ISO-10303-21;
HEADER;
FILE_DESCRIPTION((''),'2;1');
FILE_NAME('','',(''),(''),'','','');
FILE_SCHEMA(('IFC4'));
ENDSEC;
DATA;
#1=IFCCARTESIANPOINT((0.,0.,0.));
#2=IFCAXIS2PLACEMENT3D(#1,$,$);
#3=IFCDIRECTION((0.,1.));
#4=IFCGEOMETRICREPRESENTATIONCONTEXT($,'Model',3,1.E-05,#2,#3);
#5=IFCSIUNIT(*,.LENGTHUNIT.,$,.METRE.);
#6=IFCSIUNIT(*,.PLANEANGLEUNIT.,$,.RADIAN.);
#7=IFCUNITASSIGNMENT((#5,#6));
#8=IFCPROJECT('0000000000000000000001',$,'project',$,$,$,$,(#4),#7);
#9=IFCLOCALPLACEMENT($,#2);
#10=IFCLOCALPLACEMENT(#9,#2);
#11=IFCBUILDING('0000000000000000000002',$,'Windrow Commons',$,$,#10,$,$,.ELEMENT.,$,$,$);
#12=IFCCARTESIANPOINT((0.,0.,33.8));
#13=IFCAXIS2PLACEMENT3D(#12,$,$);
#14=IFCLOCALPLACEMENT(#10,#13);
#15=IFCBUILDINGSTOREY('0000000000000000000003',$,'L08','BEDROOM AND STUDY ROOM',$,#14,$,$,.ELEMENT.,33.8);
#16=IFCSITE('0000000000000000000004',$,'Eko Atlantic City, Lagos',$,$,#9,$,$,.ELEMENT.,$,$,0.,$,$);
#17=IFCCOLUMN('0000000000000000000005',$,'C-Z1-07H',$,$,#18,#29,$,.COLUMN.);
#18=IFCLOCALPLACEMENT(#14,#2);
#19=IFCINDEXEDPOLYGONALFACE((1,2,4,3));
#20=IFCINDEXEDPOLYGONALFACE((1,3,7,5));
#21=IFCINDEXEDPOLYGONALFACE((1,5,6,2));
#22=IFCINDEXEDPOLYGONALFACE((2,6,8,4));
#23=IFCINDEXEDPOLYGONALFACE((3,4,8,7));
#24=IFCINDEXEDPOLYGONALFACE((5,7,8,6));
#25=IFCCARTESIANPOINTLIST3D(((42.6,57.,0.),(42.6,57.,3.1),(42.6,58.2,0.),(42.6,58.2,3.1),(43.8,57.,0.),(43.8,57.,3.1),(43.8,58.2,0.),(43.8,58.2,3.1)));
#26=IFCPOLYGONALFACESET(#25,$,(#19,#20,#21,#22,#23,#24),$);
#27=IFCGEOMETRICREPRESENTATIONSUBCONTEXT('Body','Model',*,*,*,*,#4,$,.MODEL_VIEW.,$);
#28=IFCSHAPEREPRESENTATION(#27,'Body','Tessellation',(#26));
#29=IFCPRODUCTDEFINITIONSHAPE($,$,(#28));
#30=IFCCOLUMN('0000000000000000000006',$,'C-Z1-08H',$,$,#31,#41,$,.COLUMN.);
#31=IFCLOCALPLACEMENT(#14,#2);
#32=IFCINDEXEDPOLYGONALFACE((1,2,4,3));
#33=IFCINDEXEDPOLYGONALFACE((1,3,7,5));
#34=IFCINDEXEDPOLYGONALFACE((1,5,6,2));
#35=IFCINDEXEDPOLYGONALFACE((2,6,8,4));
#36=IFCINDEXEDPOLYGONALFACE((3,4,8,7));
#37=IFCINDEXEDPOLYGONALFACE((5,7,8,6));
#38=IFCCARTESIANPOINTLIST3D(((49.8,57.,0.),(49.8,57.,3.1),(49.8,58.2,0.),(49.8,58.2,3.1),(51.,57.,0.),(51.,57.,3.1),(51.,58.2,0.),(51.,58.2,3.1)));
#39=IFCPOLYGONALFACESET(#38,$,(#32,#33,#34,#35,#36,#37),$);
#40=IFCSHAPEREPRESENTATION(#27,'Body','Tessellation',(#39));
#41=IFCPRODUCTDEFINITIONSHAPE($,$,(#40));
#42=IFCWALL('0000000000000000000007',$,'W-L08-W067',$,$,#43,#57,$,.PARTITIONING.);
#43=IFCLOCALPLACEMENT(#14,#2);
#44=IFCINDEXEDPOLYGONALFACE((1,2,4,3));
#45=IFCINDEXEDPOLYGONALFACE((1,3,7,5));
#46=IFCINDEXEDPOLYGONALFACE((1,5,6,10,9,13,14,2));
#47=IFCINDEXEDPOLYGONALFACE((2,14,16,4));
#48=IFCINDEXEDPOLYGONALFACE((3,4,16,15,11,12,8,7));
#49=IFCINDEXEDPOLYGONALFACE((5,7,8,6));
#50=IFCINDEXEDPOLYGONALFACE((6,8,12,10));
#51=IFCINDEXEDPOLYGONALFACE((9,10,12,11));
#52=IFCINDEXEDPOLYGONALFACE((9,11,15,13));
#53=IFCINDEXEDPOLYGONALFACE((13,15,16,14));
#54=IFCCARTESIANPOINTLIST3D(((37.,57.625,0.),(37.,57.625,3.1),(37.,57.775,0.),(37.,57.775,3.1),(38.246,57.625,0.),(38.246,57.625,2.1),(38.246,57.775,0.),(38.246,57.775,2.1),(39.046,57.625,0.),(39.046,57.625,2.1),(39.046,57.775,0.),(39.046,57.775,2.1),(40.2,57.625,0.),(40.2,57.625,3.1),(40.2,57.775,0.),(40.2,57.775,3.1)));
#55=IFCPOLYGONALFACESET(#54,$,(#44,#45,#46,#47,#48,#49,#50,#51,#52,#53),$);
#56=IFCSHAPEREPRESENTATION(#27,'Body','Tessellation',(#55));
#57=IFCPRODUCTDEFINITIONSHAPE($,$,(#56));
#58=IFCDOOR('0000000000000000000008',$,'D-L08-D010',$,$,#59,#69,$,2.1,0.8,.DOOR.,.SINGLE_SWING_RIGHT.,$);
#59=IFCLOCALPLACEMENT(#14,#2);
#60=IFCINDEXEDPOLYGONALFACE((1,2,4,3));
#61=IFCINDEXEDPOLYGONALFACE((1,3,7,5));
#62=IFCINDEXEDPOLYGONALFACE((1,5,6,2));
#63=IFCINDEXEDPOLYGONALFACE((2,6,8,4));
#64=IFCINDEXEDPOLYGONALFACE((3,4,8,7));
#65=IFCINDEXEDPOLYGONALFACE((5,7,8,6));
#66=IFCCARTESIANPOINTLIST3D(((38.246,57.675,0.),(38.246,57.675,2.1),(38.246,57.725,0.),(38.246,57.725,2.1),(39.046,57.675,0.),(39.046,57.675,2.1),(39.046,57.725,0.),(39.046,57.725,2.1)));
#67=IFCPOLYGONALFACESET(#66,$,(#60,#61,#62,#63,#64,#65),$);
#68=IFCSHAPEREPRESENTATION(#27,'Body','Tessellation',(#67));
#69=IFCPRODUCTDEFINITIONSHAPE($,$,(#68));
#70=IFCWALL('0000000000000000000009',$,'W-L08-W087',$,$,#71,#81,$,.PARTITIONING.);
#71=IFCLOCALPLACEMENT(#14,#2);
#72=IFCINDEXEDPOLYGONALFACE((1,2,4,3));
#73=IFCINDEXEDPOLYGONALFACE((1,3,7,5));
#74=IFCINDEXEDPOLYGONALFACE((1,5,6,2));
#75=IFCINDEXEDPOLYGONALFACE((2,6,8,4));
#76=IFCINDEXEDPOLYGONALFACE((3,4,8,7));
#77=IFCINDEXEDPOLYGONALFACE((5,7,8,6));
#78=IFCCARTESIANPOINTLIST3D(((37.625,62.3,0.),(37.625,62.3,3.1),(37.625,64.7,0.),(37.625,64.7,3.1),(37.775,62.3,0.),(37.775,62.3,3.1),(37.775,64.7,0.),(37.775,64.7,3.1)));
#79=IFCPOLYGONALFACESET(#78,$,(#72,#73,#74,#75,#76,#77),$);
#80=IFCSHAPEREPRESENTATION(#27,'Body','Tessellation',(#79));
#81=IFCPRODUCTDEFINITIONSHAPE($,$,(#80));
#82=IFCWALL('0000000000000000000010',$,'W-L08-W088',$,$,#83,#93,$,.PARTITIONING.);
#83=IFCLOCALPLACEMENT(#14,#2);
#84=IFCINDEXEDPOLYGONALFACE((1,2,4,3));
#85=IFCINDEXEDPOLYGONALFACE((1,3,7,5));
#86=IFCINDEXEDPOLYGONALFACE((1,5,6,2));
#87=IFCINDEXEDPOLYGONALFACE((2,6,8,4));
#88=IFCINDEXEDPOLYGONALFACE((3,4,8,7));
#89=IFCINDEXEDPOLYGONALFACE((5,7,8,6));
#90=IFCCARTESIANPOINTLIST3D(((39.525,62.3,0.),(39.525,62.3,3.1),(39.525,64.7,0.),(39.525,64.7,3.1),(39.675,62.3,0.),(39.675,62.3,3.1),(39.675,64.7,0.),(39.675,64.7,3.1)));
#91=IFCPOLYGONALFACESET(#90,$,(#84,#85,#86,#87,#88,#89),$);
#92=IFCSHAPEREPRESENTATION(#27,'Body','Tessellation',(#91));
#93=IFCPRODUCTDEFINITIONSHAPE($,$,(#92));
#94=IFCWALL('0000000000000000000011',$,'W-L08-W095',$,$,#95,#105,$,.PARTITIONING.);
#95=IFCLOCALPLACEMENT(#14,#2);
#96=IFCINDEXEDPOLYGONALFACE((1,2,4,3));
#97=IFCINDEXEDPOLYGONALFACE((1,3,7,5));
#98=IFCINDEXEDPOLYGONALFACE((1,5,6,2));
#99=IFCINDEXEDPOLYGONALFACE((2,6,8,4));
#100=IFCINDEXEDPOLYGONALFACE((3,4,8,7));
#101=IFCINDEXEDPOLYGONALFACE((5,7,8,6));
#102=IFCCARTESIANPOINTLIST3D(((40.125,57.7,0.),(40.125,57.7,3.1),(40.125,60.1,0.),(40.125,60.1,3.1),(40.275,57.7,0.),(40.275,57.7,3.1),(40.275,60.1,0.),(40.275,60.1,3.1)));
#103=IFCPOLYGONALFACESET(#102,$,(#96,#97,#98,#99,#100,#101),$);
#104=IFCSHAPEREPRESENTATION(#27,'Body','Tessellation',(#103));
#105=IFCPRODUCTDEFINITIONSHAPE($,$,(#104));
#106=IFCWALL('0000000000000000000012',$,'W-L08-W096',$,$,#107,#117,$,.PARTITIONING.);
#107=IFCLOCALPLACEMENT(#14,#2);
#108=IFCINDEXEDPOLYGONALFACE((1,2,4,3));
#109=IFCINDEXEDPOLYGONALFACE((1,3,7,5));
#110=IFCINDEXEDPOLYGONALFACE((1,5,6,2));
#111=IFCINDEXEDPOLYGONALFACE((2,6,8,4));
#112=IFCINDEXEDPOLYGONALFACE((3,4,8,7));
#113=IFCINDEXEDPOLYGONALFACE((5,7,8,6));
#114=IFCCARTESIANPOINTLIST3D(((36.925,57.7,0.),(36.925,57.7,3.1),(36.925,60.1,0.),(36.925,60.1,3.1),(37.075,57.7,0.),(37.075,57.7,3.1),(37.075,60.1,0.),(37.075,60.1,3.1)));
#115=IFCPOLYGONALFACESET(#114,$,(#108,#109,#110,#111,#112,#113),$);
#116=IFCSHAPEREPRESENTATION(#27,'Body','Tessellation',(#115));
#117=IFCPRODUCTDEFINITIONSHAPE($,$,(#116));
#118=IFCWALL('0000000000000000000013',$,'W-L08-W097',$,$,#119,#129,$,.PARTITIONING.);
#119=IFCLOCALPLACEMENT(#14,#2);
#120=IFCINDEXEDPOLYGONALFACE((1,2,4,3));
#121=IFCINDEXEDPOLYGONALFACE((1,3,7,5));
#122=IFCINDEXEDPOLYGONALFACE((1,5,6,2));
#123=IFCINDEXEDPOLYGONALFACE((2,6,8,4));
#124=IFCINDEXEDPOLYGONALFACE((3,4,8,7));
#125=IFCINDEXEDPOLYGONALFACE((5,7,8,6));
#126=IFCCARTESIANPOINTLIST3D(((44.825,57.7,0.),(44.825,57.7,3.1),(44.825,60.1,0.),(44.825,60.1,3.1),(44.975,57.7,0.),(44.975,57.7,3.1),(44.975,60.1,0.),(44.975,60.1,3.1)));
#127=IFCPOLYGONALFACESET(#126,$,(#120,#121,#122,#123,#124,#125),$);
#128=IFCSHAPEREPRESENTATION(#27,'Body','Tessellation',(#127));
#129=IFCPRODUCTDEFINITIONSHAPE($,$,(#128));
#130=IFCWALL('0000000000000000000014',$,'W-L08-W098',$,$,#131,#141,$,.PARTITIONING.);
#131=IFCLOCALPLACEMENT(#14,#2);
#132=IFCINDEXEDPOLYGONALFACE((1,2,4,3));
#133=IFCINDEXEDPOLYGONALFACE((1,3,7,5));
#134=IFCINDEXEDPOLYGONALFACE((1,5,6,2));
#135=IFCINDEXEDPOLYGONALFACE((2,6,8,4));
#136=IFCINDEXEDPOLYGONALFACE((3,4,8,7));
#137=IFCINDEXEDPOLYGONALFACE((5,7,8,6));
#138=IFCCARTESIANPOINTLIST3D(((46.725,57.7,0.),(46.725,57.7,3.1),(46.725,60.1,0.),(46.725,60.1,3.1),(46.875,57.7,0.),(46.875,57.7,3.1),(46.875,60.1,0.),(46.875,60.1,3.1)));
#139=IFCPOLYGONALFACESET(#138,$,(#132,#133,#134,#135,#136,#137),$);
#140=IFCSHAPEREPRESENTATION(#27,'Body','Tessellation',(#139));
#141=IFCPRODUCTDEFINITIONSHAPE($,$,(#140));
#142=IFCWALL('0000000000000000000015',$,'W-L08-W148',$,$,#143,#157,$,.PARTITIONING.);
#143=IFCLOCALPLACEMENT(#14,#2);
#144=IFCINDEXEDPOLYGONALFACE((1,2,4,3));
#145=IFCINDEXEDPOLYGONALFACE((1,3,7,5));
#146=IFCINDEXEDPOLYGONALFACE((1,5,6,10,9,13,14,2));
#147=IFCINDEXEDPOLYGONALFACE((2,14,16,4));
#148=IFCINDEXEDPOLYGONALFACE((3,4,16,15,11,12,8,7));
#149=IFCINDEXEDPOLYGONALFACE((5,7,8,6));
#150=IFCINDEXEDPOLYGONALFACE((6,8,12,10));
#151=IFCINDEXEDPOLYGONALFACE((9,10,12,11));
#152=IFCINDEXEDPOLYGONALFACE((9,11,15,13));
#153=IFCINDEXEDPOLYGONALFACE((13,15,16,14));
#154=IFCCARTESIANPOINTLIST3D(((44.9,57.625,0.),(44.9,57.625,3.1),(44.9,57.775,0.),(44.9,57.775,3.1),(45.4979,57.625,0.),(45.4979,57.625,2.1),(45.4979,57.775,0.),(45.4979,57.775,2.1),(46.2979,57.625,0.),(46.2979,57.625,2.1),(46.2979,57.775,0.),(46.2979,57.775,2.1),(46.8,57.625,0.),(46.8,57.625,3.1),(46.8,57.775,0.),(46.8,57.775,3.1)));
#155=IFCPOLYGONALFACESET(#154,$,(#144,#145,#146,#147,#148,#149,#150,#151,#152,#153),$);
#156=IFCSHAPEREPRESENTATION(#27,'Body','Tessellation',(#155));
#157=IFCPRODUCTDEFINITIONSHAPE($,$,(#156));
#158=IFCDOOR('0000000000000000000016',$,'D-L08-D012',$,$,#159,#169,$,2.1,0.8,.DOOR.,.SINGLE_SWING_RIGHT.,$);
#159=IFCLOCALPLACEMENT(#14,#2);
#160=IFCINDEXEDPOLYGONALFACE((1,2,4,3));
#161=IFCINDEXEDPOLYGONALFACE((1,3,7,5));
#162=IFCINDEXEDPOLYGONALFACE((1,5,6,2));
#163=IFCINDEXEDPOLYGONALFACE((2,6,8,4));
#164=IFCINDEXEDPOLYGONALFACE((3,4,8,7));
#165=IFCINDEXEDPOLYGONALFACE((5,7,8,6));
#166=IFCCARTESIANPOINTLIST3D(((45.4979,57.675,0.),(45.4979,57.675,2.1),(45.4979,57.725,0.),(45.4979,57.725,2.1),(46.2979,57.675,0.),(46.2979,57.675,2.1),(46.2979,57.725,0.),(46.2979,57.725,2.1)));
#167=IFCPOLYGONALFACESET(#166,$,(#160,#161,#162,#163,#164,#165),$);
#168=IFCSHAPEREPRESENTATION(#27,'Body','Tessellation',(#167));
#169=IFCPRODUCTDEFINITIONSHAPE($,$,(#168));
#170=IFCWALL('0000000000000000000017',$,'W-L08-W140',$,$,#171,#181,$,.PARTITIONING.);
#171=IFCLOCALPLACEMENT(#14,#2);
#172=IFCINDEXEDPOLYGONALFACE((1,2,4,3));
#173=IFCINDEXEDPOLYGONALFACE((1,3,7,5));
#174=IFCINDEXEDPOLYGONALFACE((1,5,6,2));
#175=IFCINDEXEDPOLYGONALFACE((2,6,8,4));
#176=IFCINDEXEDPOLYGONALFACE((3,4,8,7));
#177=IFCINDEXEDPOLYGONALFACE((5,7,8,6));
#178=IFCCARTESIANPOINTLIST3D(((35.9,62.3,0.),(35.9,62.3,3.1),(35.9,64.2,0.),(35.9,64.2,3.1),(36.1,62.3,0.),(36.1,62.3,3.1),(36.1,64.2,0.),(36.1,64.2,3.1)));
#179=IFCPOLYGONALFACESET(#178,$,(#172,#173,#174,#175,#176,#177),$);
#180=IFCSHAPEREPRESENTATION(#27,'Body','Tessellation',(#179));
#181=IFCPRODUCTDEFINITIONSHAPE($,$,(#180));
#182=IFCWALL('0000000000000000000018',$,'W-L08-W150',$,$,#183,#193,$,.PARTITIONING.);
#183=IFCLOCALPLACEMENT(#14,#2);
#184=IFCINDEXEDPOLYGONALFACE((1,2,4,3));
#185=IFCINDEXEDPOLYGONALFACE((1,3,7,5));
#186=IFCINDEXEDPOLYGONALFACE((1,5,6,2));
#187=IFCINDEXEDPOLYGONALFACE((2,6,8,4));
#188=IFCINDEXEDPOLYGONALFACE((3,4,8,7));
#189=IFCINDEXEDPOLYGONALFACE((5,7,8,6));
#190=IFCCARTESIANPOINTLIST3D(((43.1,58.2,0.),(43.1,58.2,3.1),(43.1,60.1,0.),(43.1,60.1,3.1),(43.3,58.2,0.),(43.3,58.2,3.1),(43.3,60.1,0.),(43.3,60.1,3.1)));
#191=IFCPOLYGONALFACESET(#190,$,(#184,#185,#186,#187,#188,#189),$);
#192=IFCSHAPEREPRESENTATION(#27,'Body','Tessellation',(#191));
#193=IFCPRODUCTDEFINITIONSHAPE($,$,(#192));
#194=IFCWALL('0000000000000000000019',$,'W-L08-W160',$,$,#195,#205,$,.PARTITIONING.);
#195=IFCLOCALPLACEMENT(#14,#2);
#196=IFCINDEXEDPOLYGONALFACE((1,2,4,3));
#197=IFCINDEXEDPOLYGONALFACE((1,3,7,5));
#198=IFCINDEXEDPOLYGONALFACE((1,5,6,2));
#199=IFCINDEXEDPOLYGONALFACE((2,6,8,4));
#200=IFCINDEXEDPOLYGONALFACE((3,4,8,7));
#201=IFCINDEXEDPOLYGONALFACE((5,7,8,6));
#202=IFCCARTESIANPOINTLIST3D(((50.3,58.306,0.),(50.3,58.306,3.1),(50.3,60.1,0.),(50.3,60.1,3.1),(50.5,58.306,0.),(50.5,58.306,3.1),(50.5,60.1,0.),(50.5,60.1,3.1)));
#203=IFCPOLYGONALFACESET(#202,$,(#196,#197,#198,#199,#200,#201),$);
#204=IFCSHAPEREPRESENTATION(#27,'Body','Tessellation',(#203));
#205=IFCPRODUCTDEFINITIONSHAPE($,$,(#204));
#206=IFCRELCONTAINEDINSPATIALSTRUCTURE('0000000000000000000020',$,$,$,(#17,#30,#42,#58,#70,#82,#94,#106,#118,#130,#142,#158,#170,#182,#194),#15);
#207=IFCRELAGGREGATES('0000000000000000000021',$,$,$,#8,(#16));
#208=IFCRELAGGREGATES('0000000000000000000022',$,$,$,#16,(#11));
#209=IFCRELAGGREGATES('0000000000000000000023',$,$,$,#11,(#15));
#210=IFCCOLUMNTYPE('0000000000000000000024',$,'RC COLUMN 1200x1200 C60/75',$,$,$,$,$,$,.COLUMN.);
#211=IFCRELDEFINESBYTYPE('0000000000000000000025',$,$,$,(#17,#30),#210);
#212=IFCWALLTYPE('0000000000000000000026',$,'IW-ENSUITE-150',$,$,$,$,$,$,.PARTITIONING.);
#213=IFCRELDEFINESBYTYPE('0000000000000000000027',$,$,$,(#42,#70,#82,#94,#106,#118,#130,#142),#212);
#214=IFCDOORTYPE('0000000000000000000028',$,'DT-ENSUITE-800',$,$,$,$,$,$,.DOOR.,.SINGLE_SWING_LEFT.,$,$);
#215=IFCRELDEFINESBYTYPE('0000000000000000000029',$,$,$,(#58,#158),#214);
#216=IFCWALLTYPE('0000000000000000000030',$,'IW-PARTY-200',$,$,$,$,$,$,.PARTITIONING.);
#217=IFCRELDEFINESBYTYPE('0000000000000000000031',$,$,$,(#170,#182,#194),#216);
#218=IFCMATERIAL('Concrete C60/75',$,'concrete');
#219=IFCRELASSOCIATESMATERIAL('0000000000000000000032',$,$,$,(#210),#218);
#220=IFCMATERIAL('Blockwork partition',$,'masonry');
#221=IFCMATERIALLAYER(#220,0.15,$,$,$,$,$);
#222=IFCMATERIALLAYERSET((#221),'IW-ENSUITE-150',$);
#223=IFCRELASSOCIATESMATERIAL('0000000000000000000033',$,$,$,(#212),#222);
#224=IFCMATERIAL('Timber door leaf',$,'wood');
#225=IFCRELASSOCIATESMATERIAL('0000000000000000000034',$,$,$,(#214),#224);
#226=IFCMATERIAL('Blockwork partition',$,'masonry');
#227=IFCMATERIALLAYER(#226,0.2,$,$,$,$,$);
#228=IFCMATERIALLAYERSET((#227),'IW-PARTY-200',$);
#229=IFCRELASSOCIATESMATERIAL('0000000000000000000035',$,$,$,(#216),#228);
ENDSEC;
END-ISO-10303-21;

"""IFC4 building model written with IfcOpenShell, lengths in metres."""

from ifc_helpers import new_model, si_unit, direction, frame, frame_2d, origin, origin_2d, place, context, subcontext, project, spatial, rectangle, extrude, material, layer, layer_set, material_profile, profile_set, type_object, element, fill, save


model = new_model("IFC4")

# Units and contexts
model_context = context("Model", 3, precision=1e-05, world=origin(), true_north=direction((0.0, 1.0)))
body_context = subcontext(model_context, "Body", "Model", "MODEL_VIEW")
ifc_project = project(units=[si_unit("LENGTHUNIT", "METRE"), si_unit("PLANEANGLEUNIT", "RADIAN")], contexts=[model_context])

# Site, building, storey
site_placement = place(None, origin())
site = spatial("IfcSite", under=ifc_project, at=site_placement, Name="Eko Atlantic City, Lagos", CompositionType="ELEMENT", RefElevation=0.0)
building_placement = place(site_placement, origin())
building = spatial("IfcBuilding", under=site, at=building_placement, Name="Windrow Commons", CompositionType="ELEMENT")
storey_placement = place(building_placement, frame((0.0, 0.0, 33.8)))
storey = spatial("IfcBuildingStorey", under=building, at=storey_placement, Name="L08", Description="BEDROOM AND STUDY ROOM", CompositionType="ELEMENT", Elevation=33.8)

# Columns
ifc_material_1 = material(Name="Concrete C60/75", Category="concrete")
ifc_material_profile = material_profile(ifc_material_1, rectangle(XDim=1.2, YDim=1.2, at=origin_2d()))
ifc_profile_set = profile_set([ifc_material_profile], Name="Concrete C60/75")
column_type = type_object("IfcColumnType", Name="RC COLUMN 1200x1200 C60/75", PredefinedType="COLUMN", material=ifc_profile_set)
for number, where, z_axis, x_axis, name in (
    (1, (43.2, 57.6, 0.0), (0.0, 0.0, 1.0), (1.0, 0.0, 0.0), "C-Z1-07H"),
    (2, (50.4, 57.6, 0.0), (0.0, 0.0, 1.0), (1.0, 0.0, 0.0), "C-Z1-08H"),
):
    element("IfcColumn", number, at=place(storey_placement, frame(where, z_axis=z_axis, x_axis=x_axis)), inside=storey, type_object=column_type, Name=name, PredefinedType="COLUMN", context=body_context, shape_type="SweptSolid", body=[
        extrude(rectangle(XDim=1.2, YDim=1.2, at=origin_2d()), origin(), (0.0, 0.0, 1.0), 3.1),
    ])

# Wall, opening, door
ifc_material_2 = material(Name="Blockwork partition", Category="masonry")
ifc_layer_1 = layer(ifc_material_2, 0.15)
ifc_layer_set_1 = layer_set([ifc_layer_1], Name="IW-ENSUITE-150")
wall_type_1 = type_object("IfcWallType", Name="IW-ENSUITE-150", PredefinedType="PARTITIONING", material=ifc_layer_set_1)
wall_1_placement = place(storey_placement, frame((37.0, 57.7, 0.0), z_axis=(0.0, 0.0, 1.0), x_axis=(1.0, 0.0, 0.0)))
wall_1 = element("IfcWall", 3, at=wall_1_placement, inside=storey, type_object=wall_type_1, Name="W-L08-W067", PredefinedType="PARTITIONING", context=body_context, shape_type="SweptSolid", body=[
    extrude(rectangle(XDim=3.2, YDim=0.15, at=frame_2d((1.6, 0.0))), origin(), (0.0, 0.0, 1.0), 3.1),
])
opening_1_placement = place(wall_1_placement, frame((1.246, 0.0, 0.0)))
opening_1 = element("IfcOpeningElement", 4, at=opening_1_placement, cuts=wall_1, PredefinedType="OPENING", context=body_context, shape_type="SweptSolid", body=[
    extrude(rectangle(XDim=0.8, YDim=2.1, at=frame_2d((0.4, 1.05))), frame((0.0, 0.085, 0.0), z_axis=(0.0, -1.0, 0.0), x_axis=(1.0, 0.0, 0.0)), (0.0, 0.0, 1.0), 0.17),
])
ifc_material_3 = material(Name="Timber door leaf", Category="wood")
door_type = type_object("IfcDoorType", Name="DT-ENSUITE-800", OperationType="SINGLE_SWING_LEFT", PredefinedType="DOOR", material=ifc_material_3)
door_1_placement = place(opening_1_placement, origin())
door_1 = element("IfcDoor", 5, at=door_1_placement, inside=storey, type_object=door_type, Name="D-L08-D010", OperationType="SINGLE_SWING_RIGHT", OverallHeight=2.1, OverallWidth=0.8, PredefinedType="DOOR", context=body_context, shape_type="SweptSolid", body=[
    extrude(rectangle(XDim=0.8, YDim=2.1, at=frame_2d((0.4, 1.05))), frame((0.0, 0.025, 0.0), z_axis=(0.0, -1.0, 0.0), x_axis=(1.0, 0.0, 0.0)), (0.0, 0.0, 1.0), 0.05),
])
fill(opening_1, door_1)

# Walls
for number, where, z_axis, x_axis, name in (
    (6, (37.7, 62.3, 0.0), (0.0, 0.0, 1.0), (0.0, 1.0, 0.0), "W-L08-W087"),
    (7, (39.6, 62.3, 0.0), (0.0, 0.0, 1.0), (0.0, 1.0, 0.0), "W-L08-W088"),
    (8, (40.2, 57.7, 0.0), (0.0, 0.0, 1.0), (0.0, 1.0, 0.0), "W-L08-W095"),
    (9, (37.0, 57.7, 0.0), (0.0, 0.0, 1.0), (0.0, 1.0, 0.0), "W-L08-W096"),
    (10, (44.9, 57.7, 0.0), (0.0, 0.0, 1.0), (0.0, 1.0, 0.0), "W-L08-W097"),
    (11, (46.8, 57.7, 0.0), (0.0, 0.0, 1.0), (0.0, 1.0, 0.0), "W-L08-W098"),
):
    element("IfcWall", number, at=place(storey_placement, frame(where, z_axis=z_axis, x_axis=x_axis)), inside=storey, type_object=wall_type_1, Name=name, PredefinedType="PARTITIONING", context=body_context, shape_type="SweptSolid", body=[
        extrude(rectangle(XDim=2.4, YDim=0.15, at=frame_2d((1.2, 0.0))), origin(), (0.0, 0.0, 1.0), 3.1),
    ])

# Wall, opening, door
wall_2_placement = place(storey_placement, frame((44.9, 57.7, 0.0), z_axis=(0.0, 0.0, 1.0), x_axis=(1.0, 0.0, 0.0)))
wall_2 = element("IfcWall", 12, at=wall_2_placement, inside=storey, type_object=wall_type_1, Name="W-L08-W148", PredefinedType="PARTITIONING", context=body_context, shape_type="SweptSolid", body=[
    extrude(rectangle(XDim=1.9, YDim=0.15, at=frame_2d((0.95, 0.0))), origin(), (0.0, 0.0, 1.0), 3.1),
])
opening_2_placement = place(wall_2_placement, frame((0.5979, 0.0, 0.0)))
opening_2 = element("IfcOpeningElement", 13, at=opening_2_placement, cuts=wall_2, PredefinedType="OPENING", context=body_context, shape_type="SweptSolid", body=[
    extrude(rectangle(XDim=0.8, YDim=2.1, at=frame_2d((0.4, 1.05))), frame((0.0, 0.085, 0.0), z_axis=(0.0, -1.0, 0.0), x_axis=(1.0, 0.0, 0.0)), (0.0, 0.0, 1.0), 0.17),
])
door_2_placement = place(opening_2_placement, origin())
door_2 = element("IfcDoor", 14, at=door_2_placement, inside=storey, type_object=door_type, Name="D-L08-D012", OperationType="SINGLE_SWING_RIGHT", OverallHeight=2.1, OverallWidth=0.8, PredefinedType="DOOR", context=body_context, shape_type="SweptSolid", body=[
    extrude(rectangle(XDim=0.8, YDim=2.1, at=frame_2d((0.4, 1.05))), frame((0.0, 0.025, 0.0), z_axis=(0.0, -1.0, 0.0), x_axis=(1.0, 0.0, 0.0)), (0.0, 0.0, 1.0), 0.05),
])
fill(opening_2, door_2)

# Walls
ifc_material_4 = material(Name="Blockwork partition", Category="masonry")
ifc_layer_2 = layer(ifc_material_4, 0.2)
ifc_layer_set_2 = layer_set([ifc_layer_2], Name="IW-PARTY-200")
wall_type_2 = type_object("IfcWallType", Name="IW-PARTY-200", PredefinedType="PARTITIONING", material=ifc_layer_set_2)
for number, where, z_axis, x_axis, name in (
    (15, (36.0, 62.3, 0.0), (0.0, 0.0, 1.0), (0.0, 1.0, 0.0), "W-L08-W140"),
    (16, (43.2, 58.2, 0.0), (0.0, 0.0, 1.0), (0.0, 1.0, 0.0), "W-L08-W150"),
):
    element("IfcWall", number, at=place(storey_placement, frame(where, z_axis=z_axis, x_axis=x_axis)), inside=storey, type_object=wall_type_2, Name=name, PredefinedType="PARTITIONING", context=body_context, shape_type="SweptSolid", body=[
        extrude(rectangle(XDim=1.9, YDim=0.2, at=frame_2d((0.95, 0.0))), origin(), (0.0, 0.0, 1.0), 3.1),
    ])
wall_3_placement = place(storey_placement, frame((50.4, 58.306, 0.0), z_axis=(0.0, 0.0, 1.0), x_axis=(0.0, 1.0, 0.0)))
element("IfcWall", 17, at=wall_3_placement, inside=storey, type_object=wall_type_2, Name="W-L08-W160", PredefinedType="PARTITIONING", context=body_context, shape_type="SweptSolid", body=[
    extrude(rectangle(XDim=1.794, YDim=0.2, at=frame_2d((0.897, 0.0))), origin(), (0.0, 0.0, 1.0), 3.1),
])

save(model, "model.ifc")
